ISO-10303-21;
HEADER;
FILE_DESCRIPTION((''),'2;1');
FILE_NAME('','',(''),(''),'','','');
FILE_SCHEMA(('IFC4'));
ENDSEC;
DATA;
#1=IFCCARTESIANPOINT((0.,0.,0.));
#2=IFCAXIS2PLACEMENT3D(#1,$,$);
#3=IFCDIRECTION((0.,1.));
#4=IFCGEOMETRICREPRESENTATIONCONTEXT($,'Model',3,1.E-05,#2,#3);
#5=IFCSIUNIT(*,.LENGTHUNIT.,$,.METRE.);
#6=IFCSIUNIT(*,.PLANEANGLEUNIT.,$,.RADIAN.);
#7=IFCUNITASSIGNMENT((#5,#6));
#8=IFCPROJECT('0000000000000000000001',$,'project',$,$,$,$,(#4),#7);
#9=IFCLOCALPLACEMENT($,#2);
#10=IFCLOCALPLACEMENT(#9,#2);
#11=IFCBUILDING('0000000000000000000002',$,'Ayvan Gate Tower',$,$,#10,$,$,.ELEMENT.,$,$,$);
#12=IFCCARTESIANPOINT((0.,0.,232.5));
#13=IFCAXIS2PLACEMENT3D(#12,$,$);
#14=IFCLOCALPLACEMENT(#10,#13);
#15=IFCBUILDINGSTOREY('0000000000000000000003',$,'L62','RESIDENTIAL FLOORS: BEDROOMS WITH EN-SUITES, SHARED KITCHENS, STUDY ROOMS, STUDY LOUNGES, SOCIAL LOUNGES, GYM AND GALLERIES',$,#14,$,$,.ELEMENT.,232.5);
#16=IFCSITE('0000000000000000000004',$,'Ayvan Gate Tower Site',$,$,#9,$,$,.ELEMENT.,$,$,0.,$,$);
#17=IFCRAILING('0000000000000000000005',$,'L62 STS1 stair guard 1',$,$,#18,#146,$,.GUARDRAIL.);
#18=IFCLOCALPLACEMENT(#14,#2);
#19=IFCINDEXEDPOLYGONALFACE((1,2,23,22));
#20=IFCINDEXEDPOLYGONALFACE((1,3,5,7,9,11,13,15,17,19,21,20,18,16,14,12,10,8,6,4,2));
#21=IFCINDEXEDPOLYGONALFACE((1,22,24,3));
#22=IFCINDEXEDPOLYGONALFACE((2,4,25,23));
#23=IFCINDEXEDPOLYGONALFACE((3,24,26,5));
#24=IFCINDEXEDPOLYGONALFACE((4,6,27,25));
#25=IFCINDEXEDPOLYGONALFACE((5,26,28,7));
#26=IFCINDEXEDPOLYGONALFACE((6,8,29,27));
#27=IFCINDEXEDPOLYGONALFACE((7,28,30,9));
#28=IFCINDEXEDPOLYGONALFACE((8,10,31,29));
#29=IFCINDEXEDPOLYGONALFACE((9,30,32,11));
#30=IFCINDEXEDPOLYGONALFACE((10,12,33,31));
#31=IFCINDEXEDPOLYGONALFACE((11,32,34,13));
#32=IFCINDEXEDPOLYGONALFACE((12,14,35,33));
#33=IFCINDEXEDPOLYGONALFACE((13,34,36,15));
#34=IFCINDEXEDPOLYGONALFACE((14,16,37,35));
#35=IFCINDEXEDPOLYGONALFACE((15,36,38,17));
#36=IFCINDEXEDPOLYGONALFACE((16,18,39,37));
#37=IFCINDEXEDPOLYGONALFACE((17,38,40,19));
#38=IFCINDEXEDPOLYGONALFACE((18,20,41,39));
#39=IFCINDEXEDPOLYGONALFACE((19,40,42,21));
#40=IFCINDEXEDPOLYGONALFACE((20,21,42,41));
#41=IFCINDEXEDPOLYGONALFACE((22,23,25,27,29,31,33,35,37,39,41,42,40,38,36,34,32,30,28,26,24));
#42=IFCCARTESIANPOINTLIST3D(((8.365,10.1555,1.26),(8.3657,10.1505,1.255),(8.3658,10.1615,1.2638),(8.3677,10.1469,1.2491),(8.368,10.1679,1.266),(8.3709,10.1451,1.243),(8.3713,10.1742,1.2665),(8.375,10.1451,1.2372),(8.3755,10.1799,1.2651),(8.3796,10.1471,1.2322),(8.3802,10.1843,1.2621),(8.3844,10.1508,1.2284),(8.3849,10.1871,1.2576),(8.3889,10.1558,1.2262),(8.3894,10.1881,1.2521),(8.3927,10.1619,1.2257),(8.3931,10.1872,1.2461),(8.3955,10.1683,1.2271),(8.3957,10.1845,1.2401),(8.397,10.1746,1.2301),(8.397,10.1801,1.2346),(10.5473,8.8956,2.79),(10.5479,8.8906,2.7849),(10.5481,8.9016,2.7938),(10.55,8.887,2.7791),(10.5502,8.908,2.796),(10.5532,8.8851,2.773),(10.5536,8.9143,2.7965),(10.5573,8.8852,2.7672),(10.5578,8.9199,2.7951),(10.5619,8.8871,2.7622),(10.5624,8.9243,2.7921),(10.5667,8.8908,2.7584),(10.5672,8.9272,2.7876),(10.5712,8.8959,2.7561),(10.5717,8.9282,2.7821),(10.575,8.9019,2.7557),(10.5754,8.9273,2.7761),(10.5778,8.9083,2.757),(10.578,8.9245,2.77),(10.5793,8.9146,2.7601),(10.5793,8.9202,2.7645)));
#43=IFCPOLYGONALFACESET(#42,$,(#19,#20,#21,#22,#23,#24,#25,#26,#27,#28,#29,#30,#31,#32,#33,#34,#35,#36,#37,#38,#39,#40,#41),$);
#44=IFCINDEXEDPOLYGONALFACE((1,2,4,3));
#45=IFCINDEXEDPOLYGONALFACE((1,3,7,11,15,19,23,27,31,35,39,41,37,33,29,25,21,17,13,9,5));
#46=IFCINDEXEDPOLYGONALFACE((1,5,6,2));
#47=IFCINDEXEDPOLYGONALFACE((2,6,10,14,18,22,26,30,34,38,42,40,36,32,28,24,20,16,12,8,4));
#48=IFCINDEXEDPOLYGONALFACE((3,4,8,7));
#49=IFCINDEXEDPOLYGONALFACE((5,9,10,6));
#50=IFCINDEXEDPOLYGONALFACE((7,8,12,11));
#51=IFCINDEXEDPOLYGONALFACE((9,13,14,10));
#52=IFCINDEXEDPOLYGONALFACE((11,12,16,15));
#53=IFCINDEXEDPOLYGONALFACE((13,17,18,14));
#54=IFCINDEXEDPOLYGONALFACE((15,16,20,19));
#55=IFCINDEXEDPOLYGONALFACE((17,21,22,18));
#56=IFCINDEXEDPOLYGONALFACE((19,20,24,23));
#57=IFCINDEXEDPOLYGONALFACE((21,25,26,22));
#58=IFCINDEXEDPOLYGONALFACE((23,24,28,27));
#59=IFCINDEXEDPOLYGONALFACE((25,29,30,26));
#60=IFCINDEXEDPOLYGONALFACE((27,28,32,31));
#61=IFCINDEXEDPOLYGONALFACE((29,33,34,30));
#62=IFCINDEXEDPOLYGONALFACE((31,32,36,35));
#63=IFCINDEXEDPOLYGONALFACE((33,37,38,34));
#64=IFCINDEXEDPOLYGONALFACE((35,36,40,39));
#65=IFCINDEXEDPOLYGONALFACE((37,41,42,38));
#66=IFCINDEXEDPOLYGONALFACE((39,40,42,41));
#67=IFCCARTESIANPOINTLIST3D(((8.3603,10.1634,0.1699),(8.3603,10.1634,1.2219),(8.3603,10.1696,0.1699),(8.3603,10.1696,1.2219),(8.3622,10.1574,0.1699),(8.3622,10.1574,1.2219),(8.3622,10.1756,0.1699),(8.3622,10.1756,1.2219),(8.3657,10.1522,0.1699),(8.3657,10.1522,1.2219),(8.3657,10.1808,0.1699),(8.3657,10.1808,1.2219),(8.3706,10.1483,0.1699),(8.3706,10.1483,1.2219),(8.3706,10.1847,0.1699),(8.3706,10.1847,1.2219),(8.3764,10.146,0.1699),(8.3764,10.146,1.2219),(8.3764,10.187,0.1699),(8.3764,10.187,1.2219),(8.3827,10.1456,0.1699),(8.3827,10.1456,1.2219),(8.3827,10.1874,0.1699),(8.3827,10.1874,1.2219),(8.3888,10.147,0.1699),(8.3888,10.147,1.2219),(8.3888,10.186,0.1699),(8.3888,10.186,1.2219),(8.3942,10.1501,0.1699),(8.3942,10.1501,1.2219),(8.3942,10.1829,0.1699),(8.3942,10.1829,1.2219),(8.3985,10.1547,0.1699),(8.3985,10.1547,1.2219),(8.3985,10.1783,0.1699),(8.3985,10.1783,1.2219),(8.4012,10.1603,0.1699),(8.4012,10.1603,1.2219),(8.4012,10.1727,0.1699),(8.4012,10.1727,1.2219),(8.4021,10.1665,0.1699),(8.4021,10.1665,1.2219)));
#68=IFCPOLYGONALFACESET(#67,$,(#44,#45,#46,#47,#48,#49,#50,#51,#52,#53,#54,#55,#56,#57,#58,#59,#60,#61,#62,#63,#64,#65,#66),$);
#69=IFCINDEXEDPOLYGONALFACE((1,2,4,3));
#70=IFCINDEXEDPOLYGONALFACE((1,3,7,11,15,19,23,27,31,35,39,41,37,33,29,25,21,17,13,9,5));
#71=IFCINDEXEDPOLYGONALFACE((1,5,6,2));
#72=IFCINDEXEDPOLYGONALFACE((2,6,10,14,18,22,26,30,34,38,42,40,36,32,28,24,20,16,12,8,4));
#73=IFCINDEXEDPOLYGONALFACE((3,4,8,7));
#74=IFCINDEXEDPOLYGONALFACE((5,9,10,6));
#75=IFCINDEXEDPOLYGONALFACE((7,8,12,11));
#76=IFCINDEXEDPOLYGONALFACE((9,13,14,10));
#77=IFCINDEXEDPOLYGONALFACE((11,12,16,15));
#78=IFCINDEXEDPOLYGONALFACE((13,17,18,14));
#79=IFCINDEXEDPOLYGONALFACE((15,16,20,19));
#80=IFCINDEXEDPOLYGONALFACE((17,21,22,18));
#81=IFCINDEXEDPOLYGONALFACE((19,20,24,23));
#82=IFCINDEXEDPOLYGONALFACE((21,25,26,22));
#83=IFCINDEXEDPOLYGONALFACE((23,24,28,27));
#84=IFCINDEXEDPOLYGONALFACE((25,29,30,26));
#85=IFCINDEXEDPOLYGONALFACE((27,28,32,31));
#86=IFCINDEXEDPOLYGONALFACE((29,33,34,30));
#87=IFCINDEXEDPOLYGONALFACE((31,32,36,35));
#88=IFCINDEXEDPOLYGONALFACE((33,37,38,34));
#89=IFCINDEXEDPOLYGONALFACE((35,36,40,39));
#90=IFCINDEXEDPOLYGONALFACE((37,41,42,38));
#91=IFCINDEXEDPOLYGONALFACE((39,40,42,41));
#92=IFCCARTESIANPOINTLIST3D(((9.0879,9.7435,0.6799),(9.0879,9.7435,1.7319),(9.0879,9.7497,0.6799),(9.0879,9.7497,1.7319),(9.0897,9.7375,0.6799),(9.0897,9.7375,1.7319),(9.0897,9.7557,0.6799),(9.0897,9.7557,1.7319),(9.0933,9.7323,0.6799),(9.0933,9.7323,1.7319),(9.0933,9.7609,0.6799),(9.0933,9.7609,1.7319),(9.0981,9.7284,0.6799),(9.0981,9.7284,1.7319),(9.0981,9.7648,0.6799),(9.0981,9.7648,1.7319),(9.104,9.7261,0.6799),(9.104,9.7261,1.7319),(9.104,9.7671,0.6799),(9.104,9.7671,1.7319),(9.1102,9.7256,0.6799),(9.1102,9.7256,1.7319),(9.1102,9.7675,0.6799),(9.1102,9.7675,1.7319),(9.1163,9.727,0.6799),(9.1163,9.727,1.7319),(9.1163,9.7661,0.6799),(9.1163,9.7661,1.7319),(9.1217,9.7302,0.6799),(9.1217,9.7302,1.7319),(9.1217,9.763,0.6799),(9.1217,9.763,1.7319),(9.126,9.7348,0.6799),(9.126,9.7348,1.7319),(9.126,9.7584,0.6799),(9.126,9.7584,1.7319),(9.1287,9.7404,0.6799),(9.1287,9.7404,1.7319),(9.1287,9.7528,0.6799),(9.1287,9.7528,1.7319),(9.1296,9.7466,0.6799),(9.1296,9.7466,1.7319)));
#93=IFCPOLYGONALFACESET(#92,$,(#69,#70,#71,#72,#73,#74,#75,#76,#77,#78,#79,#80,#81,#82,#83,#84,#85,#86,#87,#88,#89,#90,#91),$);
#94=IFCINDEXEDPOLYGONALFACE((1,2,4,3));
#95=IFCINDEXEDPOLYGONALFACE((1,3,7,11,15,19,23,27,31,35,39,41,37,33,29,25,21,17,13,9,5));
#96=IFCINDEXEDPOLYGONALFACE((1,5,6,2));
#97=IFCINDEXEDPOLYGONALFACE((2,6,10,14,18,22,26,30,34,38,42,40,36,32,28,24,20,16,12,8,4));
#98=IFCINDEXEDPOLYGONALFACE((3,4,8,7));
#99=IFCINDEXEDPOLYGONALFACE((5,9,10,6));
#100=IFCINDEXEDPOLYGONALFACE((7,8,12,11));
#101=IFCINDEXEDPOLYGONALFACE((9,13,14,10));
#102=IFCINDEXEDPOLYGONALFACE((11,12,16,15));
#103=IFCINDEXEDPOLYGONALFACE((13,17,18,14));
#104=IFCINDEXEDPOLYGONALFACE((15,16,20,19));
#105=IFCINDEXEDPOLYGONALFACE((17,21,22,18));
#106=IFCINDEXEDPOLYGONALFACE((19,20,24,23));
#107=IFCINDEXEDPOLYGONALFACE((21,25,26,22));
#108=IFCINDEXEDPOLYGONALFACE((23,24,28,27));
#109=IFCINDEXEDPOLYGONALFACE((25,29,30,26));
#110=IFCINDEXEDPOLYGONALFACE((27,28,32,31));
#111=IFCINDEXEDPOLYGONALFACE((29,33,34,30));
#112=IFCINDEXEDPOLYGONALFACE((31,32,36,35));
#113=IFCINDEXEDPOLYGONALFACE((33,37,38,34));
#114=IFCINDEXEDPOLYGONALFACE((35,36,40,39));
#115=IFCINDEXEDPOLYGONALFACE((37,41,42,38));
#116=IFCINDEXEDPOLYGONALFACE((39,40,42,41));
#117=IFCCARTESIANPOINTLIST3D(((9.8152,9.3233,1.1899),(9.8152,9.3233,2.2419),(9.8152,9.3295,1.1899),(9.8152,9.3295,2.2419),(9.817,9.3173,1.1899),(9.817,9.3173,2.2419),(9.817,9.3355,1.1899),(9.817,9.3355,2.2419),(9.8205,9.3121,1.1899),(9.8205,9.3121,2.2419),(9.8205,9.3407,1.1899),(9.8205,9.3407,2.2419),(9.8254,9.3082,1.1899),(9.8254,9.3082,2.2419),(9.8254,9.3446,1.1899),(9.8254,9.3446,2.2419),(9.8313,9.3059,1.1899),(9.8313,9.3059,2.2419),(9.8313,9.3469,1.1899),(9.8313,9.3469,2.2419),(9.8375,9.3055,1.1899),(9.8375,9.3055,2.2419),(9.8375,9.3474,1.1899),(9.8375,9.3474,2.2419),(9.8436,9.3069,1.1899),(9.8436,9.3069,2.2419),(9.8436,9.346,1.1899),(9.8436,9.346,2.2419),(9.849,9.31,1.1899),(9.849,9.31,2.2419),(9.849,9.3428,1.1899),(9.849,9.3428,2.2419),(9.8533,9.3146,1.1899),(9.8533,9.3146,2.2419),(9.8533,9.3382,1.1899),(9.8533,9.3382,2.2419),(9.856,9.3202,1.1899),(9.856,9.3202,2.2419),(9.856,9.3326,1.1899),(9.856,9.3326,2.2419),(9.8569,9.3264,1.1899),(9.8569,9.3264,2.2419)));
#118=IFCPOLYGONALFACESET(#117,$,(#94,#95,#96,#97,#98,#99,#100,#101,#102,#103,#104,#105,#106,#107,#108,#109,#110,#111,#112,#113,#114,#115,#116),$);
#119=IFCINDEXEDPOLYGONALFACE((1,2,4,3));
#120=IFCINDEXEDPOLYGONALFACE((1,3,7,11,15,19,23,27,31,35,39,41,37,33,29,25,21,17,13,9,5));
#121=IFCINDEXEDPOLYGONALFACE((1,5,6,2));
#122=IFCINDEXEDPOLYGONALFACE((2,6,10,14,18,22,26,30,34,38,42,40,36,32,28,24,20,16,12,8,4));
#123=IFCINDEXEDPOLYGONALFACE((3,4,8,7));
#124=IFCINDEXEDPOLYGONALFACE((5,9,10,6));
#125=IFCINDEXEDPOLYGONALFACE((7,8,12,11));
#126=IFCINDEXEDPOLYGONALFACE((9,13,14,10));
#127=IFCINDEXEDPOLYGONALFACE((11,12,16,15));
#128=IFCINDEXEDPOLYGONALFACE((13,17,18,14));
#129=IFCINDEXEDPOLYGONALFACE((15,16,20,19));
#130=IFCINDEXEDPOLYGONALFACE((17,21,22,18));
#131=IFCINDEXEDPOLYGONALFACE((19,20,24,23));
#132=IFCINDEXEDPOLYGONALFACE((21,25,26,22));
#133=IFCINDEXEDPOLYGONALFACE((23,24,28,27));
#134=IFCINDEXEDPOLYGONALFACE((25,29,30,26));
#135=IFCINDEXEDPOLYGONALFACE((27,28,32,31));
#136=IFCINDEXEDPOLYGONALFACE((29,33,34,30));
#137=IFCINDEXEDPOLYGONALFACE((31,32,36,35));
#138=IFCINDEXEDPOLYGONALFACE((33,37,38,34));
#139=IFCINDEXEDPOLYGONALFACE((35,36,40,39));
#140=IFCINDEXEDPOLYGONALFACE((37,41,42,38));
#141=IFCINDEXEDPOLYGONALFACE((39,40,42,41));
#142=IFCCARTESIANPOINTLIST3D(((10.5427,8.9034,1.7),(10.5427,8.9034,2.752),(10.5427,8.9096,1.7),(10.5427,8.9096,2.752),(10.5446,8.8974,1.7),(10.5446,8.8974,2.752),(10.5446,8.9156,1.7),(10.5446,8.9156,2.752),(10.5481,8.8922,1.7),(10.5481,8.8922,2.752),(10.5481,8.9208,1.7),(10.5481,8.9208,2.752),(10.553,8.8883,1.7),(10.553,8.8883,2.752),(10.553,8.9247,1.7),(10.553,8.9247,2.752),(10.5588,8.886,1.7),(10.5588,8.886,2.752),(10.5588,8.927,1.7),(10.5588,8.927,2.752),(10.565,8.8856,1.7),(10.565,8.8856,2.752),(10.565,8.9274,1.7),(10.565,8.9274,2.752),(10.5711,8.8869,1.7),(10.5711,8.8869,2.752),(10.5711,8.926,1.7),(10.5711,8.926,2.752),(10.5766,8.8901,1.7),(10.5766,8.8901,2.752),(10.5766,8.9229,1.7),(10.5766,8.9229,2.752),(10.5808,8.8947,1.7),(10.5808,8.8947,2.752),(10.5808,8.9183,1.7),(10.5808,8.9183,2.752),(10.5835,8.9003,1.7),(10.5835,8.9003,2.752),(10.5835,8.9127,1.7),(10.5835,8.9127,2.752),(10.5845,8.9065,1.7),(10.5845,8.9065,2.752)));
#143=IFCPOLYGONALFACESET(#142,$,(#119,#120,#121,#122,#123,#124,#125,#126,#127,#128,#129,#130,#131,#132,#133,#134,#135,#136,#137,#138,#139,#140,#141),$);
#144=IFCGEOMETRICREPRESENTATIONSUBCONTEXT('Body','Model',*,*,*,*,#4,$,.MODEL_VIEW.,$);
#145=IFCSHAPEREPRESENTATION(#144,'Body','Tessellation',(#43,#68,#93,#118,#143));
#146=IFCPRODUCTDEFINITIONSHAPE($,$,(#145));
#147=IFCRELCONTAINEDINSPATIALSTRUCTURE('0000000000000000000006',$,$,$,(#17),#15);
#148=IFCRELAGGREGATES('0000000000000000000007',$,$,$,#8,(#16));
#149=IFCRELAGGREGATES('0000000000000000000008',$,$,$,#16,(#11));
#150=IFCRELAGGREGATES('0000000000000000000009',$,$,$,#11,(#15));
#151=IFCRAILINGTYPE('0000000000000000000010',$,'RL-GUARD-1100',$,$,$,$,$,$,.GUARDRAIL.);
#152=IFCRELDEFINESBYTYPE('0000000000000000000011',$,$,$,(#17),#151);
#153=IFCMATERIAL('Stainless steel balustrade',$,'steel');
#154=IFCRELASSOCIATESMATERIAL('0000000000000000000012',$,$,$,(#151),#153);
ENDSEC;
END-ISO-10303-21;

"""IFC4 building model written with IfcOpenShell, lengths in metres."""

from ifc_helpers import new_model, si_unit, direction, frame, origin, origin_2d, place, context, subcontext, project, spatial, circle, extrude, material, type_object, element, save


model = new_model("IFC4")

# Units and contexts
model_context = context("Model", 3, precision=1e-05, world=origin(), true_north=direction((0.0, 1.0)))
body_context = subcontext(model_context, "Body", "Model", "MODEL_VIEW")
ifc_project = project(units=[si_unit("LENGTHUNIT", "METRE"), si_unit("PLANEANGLEUNIT", "RADIAN")], contexts=[model_context])

# Site, building, storey
site_placement = place(None, origin())
site = spatial("IfcSite", under=ifc_project, at=site_placement, Name="Ayvan Gate Tower Site", CompositionType="ELEMENT", RefElevation=0.0)
building_placement = place(site_placement, origin())
building = spatial("IfcBuilding", under=site, at=building_placement, Name="Ayvan Gate Tower", CompositionType="ELEMENT")
storey_placement = place(building_placement, frame((0.0, 0.0, 232.5)))
storey = spatial("IfcBuildingStorey", under=building, at=storey_placement, Name="L62", Description="RESIDENTIAL FLOORS: BEDROOMS WITH EN-SUITES, SHARED KITCHENS, STUDY ROOMS, STUDY LOUNGES, SOCIAL LOUNGES, GYM AND GALLERIES", CompositionType="ELEMENT", Elevation=232.5)

# Railing
ifc_material_1 = material(Name="Stainless steel balustrade", Category="steel")
railing_type_1 = type_object("IfcRailingType", Name="RL-GUARD-1100", PredefinedType="GUARDRAIL", material=ifc_material_1)
railing_1_placement = place(storey_placement, frame((8.3811, 10.1665, 0.1699)))
element("IfcRailing", 1, at=railing_1_placement, inside=storey, type_object=railing_type_1, Name="L62 STS1 stair guard 1", PredefinedType="GUARDRAIL", context=body_context, shape_type="SweptSolid", body=[
    extrude(circle(Radius=0.0239, at=origin_2d()), frame((0.0, 0.0, 1.0762), z_axis=(0.740261, -0.427395, 0.518986), x_axis=(0.500005, 0.866023, 0.0)), (0.0, 0.0, 1.0), 2.948),
    extrude(circle(Radius=0.021, at=origin_2d()), origin(), (0.0, 0.0, 1.0), 1.052),
    extrude(circle(Radius=0.021, at=origin_2d()), frame((0.7275, -0.4199, 0.51)), (0.0, 0.0, 1.0), 1.052),
    extrude(circle(Radius=0.021, at=origin_2d()), frame((1.4548, -0.8401, 1.02)), (0.0, 0.0, 1.0), 1.052),
    extrude(circle(Radius=0.021, at=origin_2d()), frame((2.1824, -1.26, 1.53)), (0.0, 0.0, 1.0), 1.052),
])

save(model, "model.ifc")
